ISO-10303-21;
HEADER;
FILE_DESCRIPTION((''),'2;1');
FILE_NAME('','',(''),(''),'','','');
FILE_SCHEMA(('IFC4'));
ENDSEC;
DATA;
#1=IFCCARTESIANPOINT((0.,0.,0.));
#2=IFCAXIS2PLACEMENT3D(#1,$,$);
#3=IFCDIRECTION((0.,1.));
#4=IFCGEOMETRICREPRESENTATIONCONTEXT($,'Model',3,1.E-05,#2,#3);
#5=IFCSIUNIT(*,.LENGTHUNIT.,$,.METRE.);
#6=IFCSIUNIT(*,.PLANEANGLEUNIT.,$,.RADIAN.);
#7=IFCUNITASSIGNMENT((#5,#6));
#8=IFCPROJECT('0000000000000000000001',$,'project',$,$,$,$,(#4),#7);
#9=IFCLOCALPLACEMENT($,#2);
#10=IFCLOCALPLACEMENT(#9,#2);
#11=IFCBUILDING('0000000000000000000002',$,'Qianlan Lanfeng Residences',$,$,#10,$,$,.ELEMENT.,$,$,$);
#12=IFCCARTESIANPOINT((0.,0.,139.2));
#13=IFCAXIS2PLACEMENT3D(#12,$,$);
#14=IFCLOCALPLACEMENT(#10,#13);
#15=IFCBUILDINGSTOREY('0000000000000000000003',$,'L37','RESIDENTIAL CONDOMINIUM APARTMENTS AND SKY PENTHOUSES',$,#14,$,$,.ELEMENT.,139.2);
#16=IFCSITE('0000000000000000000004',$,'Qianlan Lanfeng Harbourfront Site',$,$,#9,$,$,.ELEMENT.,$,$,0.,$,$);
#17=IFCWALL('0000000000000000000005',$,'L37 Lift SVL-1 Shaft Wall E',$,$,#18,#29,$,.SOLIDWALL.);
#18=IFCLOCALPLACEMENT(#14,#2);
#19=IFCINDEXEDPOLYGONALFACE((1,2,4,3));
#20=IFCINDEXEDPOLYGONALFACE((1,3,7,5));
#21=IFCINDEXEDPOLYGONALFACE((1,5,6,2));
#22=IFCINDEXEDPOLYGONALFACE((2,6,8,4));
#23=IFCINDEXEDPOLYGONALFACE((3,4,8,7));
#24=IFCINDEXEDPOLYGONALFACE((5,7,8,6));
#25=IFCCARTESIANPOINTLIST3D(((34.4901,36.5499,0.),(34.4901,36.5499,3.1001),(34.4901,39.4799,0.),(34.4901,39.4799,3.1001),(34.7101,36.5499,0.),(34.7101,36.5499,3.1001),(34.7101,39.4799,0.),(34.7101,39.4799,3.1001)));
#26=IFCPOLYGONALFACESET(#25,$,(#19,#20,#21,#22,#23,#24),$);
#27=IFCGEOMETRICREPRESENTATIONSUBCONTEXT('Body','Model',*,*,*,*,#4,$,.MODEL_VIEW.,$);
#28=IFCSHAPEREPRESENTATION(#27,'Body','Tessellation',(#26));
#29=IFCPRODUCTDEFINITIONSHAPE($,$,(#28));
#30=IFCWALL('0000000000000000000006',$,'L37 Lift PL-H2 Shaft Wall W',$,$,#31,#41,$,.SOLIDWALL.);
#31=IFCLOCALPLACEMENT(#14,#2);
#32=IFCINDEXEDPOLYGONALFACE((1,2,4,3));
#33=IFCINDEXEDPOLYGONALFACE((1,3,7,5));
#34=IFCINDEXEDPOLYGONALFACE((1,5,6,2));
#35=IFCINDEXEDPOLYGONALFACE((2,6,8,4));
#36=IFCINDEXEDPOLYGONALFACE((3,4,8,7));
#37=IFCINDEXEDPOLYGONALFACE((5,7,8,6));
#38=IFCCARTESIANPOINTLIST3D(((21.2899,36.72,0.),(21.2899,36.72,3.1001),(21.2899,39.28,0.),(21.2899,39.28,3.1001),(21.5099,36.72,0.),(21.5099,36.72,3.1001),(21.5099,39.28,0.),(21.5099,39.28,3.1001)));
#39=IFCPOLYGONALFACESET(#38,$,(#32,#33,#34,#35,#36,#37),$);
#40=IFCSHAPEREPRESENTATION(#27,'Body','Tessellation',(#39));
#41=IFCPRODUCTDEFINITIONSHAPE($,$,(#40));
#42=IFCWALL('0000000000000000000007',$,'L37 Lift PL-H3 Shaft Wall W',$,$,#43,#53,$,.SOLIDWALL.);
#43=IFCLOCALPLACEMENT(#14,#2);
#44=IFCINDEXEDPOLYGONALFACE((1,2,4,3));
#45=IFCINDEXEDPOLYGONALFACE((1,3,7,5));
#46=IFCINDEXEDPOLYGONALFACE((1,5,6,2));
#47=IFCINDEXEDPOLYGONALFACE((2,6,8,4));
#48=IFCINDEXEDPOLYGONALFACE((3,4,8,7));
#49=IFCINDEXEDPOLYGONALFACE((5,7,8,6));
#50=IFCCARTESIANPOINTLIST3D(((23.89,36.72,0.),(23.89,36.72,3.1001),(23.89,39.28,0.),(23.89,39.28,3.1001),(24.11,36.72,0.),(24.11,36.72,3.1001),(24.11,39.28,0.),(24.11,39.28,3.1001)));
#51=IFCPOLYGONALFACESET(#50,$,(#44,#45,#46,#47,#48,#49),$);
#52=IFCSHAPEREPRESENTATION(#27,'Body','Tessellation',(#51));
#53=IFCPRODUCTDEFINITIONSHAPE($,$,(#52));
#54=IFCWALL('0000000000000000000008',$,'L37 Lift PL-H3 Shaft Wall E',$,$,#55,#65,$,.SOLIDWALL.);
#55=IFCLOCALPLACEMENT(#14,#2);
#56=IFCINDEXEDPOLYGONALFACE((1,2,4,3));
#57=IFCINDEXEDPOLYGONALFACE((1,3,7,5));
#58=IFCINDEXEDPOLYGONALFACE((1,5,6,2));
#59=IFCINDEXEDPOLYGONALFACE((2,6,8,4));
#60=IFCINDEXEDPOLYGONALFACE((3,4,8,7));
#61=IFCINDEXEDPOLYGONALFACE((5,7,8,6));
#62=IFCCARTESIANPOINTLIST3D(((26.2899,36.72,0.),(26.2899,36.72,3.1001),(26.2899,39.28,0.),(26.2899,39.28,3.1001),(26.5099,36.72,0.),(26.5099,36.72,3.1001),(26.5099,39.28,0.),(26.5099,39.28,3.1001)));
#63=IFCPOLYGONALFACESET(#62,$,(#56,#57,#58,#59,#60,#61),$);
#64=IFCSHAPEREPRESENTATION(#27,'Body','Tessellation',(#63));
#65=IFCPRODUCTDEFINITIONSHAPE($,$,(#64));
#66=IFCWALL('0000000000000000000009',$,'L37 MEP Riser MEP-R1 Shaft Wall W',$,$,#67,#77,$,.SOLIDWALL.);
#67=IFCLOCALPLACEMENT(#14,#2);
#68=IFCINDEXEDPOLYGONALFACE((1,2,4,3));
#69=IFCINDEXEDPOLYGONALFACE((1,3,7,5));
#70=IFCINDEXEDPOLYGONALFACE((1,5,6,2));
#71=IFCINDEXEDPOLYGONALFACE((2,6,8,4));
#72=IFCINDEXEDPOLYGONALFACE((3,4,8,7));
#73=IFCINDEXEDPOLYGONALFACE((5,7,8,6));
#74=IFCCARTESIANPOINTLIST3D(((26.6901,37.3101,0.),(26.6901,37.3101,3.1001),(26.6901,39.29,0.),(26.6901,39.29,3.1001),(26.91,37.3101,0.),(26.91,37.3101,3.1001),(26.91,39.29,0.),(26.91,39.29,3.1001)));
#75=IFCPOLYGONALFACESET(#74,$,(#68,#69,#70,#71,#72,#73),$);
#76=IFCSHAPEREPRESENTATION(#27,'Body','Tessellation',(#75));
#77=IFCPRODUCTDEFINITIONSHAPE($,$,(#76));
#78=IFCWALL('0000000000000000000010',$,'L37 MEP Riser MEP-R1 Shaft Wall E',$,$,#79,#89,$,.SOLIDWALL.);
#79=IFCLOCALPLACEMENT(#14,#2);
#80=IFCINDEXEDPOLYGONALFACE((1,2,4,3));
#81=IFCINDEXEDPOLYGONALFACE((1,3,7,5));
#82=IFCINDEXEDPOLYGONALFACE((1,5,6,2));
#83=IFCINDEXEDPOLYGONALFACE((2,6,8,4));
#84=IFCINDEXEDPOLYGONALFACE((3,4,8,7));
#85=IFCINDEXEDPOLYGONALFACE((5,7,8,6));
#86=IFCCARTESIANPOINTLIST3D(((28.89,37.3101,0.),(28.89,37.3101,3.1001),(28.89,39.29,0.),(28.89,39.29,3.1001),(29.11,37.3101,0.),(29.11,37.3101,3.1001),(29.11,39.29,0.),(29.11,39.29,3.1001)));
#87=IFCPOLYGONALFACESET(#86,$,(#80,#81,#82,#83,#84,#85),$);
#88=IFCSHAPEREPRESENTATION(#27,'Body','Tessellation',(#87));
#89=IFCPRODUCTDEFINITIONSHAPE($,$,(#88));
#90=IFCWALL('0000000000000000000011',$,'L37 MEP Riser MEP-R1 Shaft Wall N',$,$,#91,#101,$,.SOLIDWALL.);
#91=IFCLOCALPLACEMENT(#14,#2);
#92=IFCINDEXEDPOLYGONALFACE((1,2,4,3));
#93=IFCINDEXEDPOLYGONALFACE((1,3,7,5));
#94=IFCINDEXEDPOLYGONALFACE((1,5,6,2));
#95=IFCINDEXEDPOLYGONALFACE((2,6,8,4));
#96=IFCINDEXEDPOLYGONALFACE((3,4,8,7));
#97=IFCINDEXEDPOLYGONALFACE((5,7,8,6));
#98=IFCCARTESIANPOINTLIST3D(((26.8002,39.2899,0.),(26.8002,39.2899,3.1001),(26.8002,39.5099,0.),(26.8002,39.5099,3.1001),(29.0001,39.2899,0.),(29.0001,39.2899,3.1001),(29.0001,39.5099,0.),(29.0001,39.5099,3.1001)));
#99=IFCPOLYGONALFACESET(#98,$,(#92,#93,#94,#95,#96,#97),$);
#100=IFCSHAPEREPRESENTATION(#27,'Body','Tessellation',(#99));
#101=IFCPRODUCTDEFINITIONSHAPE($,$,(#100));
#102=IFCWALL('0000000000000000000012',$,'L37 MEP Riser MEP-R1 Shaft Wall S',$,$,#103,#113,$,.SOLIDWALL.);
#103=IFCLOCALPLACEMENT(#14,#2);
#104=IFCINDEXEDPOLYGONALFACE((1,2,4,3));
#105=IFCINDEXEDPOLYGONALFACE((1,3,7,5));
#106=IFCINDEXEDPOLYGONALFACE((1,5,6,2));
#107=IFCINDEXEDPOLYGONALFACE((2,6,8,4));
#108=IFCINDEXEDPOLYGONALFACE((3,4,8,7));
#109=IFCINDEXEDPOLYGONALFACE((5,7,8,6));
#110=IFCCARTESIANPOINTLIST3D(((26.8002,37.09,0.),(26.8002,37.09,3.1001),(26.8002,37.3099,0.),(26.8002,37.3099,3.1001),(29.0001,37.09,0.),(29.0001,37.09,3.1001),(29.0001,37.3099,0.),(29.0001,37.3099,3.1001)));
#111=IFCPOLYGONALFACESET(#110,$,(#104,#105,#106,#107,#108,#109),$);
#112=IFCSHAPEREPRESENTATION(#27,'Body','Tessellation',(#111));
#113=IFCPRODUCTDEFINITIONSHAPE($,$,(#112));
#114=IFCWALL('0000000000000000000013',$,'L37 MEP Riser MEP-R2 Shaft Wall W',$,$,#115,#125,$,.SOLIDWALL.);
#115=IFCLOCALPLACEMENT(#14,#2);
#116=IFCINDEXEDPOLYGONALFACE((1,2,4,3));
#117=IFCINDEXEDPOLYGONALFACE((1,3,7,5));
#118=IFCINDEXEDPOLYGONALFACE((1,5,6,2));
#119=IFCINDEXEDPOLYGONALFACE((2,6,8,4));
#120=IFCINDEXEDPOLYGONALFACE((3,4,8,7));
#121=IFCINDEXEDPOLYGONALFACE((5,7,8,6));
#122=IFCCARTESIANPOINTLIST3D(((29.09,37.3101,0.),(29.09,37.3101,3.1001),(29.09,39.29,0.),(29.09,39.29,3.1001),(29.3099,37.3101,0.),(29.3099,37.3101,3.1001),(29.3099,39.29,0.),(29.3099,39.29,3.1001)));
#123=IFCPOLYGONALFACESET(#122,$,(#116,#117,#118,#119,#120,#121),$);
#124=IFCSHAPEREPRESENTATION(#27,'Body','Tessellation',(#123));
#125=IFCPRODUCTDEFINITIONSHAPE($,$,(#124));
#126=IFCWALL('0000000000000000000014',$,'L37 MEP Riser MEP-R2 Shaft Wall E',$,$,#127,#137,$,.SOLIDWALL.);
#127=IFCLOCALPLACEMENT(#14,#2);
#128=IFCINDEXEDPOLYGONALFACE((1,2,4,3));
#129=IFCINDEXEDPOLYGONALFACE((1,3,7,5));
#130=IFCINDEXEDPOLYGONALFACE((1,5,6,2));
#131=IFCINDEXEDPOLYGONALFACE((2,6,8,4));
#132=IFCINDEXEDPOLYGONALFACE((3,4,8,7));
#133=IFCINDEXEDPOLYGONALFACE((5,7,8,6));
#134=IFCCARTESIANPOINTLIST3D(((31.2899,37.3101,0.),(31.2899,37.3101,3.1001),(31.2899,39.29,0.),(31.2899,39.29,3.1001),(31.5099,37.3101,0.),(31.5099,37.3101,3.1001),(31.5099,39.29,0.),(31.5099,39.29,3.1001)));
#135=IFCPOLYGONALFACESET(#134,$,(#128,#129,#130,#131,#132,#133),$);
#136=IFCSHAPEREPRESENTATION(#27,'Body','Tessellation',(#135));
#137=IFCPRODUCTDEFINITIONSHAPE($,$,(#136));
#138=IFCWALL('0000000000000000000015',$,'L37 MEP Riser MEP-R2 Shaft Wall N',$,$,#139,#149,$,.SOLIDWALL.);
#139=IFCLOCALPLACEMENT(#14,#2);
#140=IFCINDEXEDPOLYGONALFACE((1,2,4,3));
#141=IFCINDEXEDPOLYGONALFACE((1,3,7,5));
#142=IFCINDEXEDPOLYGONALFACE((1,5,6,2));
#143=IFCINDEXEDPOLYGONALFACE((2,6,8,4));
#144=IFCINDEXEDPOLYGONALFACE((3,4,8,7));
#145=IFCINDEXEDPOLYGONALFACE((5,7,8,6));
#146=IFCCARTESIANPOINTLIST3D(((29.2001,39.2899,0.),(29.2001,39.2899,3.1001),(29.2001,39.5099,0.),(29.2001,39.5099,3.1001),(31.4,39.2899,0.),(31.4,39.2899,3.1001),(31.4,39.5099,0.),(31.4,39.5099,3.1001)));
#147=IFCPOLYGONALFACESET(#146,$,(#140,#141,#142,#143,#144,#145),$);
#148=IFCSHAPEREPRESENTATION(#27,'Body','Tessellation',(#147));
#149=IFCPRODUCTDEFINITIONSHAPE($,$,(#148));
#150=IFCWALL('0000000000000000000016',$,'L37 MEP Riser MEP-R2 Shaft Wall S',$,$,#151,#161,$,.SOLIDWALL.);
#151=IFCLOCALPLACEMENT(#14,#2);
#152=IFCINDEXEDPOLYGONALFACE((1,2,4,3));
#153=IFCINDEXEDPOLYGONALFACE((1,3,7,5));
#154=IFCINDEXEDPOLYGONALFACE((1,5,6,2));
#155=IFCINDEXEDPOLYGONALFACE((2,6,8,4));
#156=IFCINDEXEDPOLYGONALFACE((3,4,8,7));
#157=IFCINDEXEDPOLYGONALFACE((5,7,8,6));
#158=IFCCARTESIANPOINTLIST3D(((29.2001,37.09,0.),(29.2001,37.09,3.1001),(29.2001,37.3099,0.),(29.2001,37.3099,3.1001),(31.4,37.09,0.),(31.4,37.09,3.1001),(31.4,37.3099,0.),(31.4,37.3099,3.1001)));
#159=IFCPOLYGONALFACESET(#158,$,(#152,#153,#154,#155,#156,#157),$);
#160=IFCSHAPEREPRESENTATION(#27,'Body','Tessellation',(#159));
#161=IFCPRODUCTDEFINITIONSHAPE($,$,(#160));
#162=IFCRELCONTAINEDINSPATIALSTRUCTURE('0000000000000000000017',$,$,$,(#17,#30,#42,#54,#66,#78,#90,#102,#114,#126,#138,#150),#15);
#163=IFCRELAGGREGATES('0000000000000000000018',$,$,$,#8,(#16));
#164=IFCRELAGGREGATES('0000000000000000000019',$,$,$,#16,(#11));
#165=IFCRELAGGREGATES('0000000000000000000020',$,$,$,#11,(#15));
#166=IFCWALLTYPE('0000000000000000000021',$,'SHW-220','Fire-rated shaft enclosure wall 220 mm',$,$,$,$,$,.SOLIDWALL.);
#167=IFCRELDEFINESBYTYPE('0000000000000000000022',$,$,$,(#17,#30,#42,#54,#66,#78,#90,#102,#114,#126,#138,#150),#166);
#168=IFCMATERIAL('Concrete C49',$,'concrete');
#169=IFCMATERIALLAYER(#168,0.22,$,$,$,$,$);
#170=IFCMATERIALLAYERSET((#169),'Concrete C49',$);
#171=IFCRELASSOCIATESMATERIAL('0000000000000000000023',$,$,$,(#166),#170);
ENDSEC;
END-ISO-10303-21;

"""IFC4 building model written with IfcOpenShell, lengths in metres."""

from ifc_helpers import new_model, si_unit, direction, frame, frame_2d, origin, place, context, subcontext, project, spatial, rectangle, extrude, material, layer, layer_set, type_object, element, save


model = new_model("IFC4")

# Units and contexts
model_context = context("Model", 3, precision=1e-05, world=origin(), true_north=direction((0.0, 1.0)))
body_context = subcontext(model_context, "Body", "Model", "MODEL_VIEW")
ifc_project = project(units=[si_unit("LENGTHUNIT", "METRE"), si_unit("PLANEANGLEUNIT", "RADIAN")], contexts=[model_context])

# Site, building, storey
site_placement = place(None, origin())
site = spatial("IfcSite", under=ifc_project, at=site_placement, Name="Qianlan Lanfeng Harbourfront Site", CompositionType="ELEMENT", RefElevation=0.0)
building_placement = place(site_placement, origin())
building = spatial("IfcBuilding", under=site, at=building_placement, Name="Qianlan Lanfeng Residences", CompositionType="ELEMENT")
storey_placement = place(building_placement, frame((0.0, 0.0, 139.2)))
storey = spatial("IfcBuildingStorey", under=building, at=storey_placement, Name="L37", Description="RESIDENTIAL CONDOMINIUM APARTMENTS AND SKY PENTHOUSES", CompositionType="ELEMENT", Elevation=139.2)

# Walls
ifc_material_1 = material(Name="Concrete C49", Category="concrete")
ifc_layer_1 = layer(ifc_material_1, 0.22)
ifc_layer_set_1 = layer_set([ifc_layer_1], Name="Concrete C49")
wall_type_1 = type_object("IfcWallType", Name="SHW-220", Description="Fire-rated shaft enclosure wall 220 mm", PredefinedType="SOLIDWALL", material=ifc_layer_set_1)
for number, where, z_axis, x_axis, name in (
    (1, (34.6001, 36.55, 0.0), (0.0, 0.0, 1.0), (0.0, 1.0, 0.0), "L37 Lift SVL-1 Shaft Wall E"),
):
    element("IfcWall", number, at=place(storey_placement, frame(where, z_axis=z_axis, x_axis=x_axis)), inside=storey, type_object=wall_type_1, Name=name, PredefinedType="SOLIDWALL", context=body_context, shape_type="SweptSolid", body=[
        extrude(rectangle(XDim=2.9299, YDim=0.22, at=frame_2d((1.4648, 0.0))), origin(), (0.0, 0.0, 1.0), 3.1001),
    ])
for number, where, z_axis, x_axis, name in (
    (2, (21.3999, 36.72, 0.0), (0.0, 0.0, 1.0), (0.0, 1.0, 0.0), "L37 Lift PL-H2 Shaft Wall W"),
    (3, (24.0, 36.72, 0.0), (0.0, 0.0, 1.0), (0.0, 1.0, 0.0), "L37 Lift PL-H3 Shaft Wall W"),
    (4, (26.3999, 36.72, 0.0), (0.0, 0.0, 1.0), (0.0, 1.0, 0.0), "L37 Lift PL-H3 Shaft Wall E"),
):
    element("IfcWall", number, at=place(storey_placement, frame(where, z_axis=z_axis, x_axis=x_axis)), inside=storey, type_object=wall_type_1, Name=name, PredefinedType="SOLIDWALL", context=body_context, shape_type="SweptSolid", body=[
        extrude(rectangle(XDim=2.5601, YDim=0.22, at=frame_2d((1.28, 0.0))), origin(), (0.0, 0.0, 1.0), 3.1001),
    ])
for number, where, z_axis, x_axis, name in (
    (5, (26.8, 37.3101, 0.0), (0.0, 0.0, 1.0), (0.0, 1.0, 0.0), "L37 MEP Riser MEP-R1 Shaft Wall W"),
    (6, (29.0, 37.3101, 0.0), (0.0, 0.0, 1.0), (0.0, 1.0, 0.0), "L37 MEP Riser MEP-R1 Shaft Wall E"),
):
    element("IfcWall", number, at=place(storey_placement, frame(where, z_axis=z_axis, x_axis=x_axis)), inside=storey, type_object=wall_type_1, Name=name, PredefinedType="SOLIDWALL", context=body_context, shape_type="SweptSolid", body=[
        extrude(rectangle(XDim=1.98, YDim=0.22, at=frame_2d((0.99, 0.0))), origin(), (0.0, 0.0, 1.0), 3.1001),
    ])
for number, where, z_axis, x_axis, name in (
    (7, (26.8, 39.3999, 0.0), (0.0, 0.0, 1.0), (1.0, 0.0, 0.0), "L37 MEP Riser MEP-R1 Shaft Wall N"),
    (8, (26.8, 37.2, 0.0), (0.0, 0.0, 1.0), (1.0, 0.0, 0.0), "L37 MEP Riser MEP-R1 Shaft Wall S"),
):
    element("IfcWall", number, at=place(storey_placement, frame(where, z_axis=z_axis, x_axis=x_axis)), inside=storey, type_object=wall_type_1, Name=name, PredefinedType="SOLIDWALL", context=body_context, shape_type="SweptSolid", body=[
        extrude(rectangle(XDim=2.2, YDim=0.22, at=frame_2d((1.1001, 0.0))), origin(), (0.0, 0.0, 1.0), 3.1001),
    ])
for number, where, z_axis, x_axis, name in (
    (9, (29.2, 37.3101, 0.0), (0.0, 0.0, 1.0), (0.0, 1.0, 0.0), "L37 MEP Riser MEP-R2 Shaft Wall W"),
    (10, (31.3999, 37.3101, 0.0), (0.0, 0.0, 1.0), (0.0, 1.0, 0.0), "L37 MEP Riser MEP-R2 Shaft Wall E"),
):
    element("IfcWall", number, at=place(storey_placement, frame(where, z_axis=z_axis, x_axis=x_axis)), inside=storey, type_object=wall_type_1, Name=name, PredefinedType="SOLIDWALL", context=body_context, shape_type="SweptSolid", body=[
        extrude(rectangle(XDim=1.98, YDim=0.22, at=frame_2d((0.99, 0.0))), origin(), (0.0, 0.0, 1.0), 3.1001),
    ])
for number, where, z_axis, x_axis, name in (
    (11, (29.2, 39.3999, 0.0), (0.0, 0.0, 1.0), (1.0, 0.0, 0.0), "L37 MEP Riser MEP-R2 Shaft Wall N"),
    (12, (29.2, 37.2, 0.0), (0.0, 0.0, 1.0), (1.0, 0.0, 0.0), "L37 MEP Riser MEP-R2 Shaft Wall S"),
):
    element("IfcWall", number, at=place(storey_placement, frame(where, z_axis=z_axis, x_axis=x_axis)), inside=storey, type_object=wall_type_1, Name=name, PredefinedType="SOLIDWALL", context=body_context, shape_type="SweptSolid", body=[
        extrude(rectangle(XDim=2.2, YDim=0.22, at=frame_2d((1.1001, 0.0))), origin(), (0.0, 0.0, 1.0), 3.1001),
    ])

save(model, "model.ifc")
